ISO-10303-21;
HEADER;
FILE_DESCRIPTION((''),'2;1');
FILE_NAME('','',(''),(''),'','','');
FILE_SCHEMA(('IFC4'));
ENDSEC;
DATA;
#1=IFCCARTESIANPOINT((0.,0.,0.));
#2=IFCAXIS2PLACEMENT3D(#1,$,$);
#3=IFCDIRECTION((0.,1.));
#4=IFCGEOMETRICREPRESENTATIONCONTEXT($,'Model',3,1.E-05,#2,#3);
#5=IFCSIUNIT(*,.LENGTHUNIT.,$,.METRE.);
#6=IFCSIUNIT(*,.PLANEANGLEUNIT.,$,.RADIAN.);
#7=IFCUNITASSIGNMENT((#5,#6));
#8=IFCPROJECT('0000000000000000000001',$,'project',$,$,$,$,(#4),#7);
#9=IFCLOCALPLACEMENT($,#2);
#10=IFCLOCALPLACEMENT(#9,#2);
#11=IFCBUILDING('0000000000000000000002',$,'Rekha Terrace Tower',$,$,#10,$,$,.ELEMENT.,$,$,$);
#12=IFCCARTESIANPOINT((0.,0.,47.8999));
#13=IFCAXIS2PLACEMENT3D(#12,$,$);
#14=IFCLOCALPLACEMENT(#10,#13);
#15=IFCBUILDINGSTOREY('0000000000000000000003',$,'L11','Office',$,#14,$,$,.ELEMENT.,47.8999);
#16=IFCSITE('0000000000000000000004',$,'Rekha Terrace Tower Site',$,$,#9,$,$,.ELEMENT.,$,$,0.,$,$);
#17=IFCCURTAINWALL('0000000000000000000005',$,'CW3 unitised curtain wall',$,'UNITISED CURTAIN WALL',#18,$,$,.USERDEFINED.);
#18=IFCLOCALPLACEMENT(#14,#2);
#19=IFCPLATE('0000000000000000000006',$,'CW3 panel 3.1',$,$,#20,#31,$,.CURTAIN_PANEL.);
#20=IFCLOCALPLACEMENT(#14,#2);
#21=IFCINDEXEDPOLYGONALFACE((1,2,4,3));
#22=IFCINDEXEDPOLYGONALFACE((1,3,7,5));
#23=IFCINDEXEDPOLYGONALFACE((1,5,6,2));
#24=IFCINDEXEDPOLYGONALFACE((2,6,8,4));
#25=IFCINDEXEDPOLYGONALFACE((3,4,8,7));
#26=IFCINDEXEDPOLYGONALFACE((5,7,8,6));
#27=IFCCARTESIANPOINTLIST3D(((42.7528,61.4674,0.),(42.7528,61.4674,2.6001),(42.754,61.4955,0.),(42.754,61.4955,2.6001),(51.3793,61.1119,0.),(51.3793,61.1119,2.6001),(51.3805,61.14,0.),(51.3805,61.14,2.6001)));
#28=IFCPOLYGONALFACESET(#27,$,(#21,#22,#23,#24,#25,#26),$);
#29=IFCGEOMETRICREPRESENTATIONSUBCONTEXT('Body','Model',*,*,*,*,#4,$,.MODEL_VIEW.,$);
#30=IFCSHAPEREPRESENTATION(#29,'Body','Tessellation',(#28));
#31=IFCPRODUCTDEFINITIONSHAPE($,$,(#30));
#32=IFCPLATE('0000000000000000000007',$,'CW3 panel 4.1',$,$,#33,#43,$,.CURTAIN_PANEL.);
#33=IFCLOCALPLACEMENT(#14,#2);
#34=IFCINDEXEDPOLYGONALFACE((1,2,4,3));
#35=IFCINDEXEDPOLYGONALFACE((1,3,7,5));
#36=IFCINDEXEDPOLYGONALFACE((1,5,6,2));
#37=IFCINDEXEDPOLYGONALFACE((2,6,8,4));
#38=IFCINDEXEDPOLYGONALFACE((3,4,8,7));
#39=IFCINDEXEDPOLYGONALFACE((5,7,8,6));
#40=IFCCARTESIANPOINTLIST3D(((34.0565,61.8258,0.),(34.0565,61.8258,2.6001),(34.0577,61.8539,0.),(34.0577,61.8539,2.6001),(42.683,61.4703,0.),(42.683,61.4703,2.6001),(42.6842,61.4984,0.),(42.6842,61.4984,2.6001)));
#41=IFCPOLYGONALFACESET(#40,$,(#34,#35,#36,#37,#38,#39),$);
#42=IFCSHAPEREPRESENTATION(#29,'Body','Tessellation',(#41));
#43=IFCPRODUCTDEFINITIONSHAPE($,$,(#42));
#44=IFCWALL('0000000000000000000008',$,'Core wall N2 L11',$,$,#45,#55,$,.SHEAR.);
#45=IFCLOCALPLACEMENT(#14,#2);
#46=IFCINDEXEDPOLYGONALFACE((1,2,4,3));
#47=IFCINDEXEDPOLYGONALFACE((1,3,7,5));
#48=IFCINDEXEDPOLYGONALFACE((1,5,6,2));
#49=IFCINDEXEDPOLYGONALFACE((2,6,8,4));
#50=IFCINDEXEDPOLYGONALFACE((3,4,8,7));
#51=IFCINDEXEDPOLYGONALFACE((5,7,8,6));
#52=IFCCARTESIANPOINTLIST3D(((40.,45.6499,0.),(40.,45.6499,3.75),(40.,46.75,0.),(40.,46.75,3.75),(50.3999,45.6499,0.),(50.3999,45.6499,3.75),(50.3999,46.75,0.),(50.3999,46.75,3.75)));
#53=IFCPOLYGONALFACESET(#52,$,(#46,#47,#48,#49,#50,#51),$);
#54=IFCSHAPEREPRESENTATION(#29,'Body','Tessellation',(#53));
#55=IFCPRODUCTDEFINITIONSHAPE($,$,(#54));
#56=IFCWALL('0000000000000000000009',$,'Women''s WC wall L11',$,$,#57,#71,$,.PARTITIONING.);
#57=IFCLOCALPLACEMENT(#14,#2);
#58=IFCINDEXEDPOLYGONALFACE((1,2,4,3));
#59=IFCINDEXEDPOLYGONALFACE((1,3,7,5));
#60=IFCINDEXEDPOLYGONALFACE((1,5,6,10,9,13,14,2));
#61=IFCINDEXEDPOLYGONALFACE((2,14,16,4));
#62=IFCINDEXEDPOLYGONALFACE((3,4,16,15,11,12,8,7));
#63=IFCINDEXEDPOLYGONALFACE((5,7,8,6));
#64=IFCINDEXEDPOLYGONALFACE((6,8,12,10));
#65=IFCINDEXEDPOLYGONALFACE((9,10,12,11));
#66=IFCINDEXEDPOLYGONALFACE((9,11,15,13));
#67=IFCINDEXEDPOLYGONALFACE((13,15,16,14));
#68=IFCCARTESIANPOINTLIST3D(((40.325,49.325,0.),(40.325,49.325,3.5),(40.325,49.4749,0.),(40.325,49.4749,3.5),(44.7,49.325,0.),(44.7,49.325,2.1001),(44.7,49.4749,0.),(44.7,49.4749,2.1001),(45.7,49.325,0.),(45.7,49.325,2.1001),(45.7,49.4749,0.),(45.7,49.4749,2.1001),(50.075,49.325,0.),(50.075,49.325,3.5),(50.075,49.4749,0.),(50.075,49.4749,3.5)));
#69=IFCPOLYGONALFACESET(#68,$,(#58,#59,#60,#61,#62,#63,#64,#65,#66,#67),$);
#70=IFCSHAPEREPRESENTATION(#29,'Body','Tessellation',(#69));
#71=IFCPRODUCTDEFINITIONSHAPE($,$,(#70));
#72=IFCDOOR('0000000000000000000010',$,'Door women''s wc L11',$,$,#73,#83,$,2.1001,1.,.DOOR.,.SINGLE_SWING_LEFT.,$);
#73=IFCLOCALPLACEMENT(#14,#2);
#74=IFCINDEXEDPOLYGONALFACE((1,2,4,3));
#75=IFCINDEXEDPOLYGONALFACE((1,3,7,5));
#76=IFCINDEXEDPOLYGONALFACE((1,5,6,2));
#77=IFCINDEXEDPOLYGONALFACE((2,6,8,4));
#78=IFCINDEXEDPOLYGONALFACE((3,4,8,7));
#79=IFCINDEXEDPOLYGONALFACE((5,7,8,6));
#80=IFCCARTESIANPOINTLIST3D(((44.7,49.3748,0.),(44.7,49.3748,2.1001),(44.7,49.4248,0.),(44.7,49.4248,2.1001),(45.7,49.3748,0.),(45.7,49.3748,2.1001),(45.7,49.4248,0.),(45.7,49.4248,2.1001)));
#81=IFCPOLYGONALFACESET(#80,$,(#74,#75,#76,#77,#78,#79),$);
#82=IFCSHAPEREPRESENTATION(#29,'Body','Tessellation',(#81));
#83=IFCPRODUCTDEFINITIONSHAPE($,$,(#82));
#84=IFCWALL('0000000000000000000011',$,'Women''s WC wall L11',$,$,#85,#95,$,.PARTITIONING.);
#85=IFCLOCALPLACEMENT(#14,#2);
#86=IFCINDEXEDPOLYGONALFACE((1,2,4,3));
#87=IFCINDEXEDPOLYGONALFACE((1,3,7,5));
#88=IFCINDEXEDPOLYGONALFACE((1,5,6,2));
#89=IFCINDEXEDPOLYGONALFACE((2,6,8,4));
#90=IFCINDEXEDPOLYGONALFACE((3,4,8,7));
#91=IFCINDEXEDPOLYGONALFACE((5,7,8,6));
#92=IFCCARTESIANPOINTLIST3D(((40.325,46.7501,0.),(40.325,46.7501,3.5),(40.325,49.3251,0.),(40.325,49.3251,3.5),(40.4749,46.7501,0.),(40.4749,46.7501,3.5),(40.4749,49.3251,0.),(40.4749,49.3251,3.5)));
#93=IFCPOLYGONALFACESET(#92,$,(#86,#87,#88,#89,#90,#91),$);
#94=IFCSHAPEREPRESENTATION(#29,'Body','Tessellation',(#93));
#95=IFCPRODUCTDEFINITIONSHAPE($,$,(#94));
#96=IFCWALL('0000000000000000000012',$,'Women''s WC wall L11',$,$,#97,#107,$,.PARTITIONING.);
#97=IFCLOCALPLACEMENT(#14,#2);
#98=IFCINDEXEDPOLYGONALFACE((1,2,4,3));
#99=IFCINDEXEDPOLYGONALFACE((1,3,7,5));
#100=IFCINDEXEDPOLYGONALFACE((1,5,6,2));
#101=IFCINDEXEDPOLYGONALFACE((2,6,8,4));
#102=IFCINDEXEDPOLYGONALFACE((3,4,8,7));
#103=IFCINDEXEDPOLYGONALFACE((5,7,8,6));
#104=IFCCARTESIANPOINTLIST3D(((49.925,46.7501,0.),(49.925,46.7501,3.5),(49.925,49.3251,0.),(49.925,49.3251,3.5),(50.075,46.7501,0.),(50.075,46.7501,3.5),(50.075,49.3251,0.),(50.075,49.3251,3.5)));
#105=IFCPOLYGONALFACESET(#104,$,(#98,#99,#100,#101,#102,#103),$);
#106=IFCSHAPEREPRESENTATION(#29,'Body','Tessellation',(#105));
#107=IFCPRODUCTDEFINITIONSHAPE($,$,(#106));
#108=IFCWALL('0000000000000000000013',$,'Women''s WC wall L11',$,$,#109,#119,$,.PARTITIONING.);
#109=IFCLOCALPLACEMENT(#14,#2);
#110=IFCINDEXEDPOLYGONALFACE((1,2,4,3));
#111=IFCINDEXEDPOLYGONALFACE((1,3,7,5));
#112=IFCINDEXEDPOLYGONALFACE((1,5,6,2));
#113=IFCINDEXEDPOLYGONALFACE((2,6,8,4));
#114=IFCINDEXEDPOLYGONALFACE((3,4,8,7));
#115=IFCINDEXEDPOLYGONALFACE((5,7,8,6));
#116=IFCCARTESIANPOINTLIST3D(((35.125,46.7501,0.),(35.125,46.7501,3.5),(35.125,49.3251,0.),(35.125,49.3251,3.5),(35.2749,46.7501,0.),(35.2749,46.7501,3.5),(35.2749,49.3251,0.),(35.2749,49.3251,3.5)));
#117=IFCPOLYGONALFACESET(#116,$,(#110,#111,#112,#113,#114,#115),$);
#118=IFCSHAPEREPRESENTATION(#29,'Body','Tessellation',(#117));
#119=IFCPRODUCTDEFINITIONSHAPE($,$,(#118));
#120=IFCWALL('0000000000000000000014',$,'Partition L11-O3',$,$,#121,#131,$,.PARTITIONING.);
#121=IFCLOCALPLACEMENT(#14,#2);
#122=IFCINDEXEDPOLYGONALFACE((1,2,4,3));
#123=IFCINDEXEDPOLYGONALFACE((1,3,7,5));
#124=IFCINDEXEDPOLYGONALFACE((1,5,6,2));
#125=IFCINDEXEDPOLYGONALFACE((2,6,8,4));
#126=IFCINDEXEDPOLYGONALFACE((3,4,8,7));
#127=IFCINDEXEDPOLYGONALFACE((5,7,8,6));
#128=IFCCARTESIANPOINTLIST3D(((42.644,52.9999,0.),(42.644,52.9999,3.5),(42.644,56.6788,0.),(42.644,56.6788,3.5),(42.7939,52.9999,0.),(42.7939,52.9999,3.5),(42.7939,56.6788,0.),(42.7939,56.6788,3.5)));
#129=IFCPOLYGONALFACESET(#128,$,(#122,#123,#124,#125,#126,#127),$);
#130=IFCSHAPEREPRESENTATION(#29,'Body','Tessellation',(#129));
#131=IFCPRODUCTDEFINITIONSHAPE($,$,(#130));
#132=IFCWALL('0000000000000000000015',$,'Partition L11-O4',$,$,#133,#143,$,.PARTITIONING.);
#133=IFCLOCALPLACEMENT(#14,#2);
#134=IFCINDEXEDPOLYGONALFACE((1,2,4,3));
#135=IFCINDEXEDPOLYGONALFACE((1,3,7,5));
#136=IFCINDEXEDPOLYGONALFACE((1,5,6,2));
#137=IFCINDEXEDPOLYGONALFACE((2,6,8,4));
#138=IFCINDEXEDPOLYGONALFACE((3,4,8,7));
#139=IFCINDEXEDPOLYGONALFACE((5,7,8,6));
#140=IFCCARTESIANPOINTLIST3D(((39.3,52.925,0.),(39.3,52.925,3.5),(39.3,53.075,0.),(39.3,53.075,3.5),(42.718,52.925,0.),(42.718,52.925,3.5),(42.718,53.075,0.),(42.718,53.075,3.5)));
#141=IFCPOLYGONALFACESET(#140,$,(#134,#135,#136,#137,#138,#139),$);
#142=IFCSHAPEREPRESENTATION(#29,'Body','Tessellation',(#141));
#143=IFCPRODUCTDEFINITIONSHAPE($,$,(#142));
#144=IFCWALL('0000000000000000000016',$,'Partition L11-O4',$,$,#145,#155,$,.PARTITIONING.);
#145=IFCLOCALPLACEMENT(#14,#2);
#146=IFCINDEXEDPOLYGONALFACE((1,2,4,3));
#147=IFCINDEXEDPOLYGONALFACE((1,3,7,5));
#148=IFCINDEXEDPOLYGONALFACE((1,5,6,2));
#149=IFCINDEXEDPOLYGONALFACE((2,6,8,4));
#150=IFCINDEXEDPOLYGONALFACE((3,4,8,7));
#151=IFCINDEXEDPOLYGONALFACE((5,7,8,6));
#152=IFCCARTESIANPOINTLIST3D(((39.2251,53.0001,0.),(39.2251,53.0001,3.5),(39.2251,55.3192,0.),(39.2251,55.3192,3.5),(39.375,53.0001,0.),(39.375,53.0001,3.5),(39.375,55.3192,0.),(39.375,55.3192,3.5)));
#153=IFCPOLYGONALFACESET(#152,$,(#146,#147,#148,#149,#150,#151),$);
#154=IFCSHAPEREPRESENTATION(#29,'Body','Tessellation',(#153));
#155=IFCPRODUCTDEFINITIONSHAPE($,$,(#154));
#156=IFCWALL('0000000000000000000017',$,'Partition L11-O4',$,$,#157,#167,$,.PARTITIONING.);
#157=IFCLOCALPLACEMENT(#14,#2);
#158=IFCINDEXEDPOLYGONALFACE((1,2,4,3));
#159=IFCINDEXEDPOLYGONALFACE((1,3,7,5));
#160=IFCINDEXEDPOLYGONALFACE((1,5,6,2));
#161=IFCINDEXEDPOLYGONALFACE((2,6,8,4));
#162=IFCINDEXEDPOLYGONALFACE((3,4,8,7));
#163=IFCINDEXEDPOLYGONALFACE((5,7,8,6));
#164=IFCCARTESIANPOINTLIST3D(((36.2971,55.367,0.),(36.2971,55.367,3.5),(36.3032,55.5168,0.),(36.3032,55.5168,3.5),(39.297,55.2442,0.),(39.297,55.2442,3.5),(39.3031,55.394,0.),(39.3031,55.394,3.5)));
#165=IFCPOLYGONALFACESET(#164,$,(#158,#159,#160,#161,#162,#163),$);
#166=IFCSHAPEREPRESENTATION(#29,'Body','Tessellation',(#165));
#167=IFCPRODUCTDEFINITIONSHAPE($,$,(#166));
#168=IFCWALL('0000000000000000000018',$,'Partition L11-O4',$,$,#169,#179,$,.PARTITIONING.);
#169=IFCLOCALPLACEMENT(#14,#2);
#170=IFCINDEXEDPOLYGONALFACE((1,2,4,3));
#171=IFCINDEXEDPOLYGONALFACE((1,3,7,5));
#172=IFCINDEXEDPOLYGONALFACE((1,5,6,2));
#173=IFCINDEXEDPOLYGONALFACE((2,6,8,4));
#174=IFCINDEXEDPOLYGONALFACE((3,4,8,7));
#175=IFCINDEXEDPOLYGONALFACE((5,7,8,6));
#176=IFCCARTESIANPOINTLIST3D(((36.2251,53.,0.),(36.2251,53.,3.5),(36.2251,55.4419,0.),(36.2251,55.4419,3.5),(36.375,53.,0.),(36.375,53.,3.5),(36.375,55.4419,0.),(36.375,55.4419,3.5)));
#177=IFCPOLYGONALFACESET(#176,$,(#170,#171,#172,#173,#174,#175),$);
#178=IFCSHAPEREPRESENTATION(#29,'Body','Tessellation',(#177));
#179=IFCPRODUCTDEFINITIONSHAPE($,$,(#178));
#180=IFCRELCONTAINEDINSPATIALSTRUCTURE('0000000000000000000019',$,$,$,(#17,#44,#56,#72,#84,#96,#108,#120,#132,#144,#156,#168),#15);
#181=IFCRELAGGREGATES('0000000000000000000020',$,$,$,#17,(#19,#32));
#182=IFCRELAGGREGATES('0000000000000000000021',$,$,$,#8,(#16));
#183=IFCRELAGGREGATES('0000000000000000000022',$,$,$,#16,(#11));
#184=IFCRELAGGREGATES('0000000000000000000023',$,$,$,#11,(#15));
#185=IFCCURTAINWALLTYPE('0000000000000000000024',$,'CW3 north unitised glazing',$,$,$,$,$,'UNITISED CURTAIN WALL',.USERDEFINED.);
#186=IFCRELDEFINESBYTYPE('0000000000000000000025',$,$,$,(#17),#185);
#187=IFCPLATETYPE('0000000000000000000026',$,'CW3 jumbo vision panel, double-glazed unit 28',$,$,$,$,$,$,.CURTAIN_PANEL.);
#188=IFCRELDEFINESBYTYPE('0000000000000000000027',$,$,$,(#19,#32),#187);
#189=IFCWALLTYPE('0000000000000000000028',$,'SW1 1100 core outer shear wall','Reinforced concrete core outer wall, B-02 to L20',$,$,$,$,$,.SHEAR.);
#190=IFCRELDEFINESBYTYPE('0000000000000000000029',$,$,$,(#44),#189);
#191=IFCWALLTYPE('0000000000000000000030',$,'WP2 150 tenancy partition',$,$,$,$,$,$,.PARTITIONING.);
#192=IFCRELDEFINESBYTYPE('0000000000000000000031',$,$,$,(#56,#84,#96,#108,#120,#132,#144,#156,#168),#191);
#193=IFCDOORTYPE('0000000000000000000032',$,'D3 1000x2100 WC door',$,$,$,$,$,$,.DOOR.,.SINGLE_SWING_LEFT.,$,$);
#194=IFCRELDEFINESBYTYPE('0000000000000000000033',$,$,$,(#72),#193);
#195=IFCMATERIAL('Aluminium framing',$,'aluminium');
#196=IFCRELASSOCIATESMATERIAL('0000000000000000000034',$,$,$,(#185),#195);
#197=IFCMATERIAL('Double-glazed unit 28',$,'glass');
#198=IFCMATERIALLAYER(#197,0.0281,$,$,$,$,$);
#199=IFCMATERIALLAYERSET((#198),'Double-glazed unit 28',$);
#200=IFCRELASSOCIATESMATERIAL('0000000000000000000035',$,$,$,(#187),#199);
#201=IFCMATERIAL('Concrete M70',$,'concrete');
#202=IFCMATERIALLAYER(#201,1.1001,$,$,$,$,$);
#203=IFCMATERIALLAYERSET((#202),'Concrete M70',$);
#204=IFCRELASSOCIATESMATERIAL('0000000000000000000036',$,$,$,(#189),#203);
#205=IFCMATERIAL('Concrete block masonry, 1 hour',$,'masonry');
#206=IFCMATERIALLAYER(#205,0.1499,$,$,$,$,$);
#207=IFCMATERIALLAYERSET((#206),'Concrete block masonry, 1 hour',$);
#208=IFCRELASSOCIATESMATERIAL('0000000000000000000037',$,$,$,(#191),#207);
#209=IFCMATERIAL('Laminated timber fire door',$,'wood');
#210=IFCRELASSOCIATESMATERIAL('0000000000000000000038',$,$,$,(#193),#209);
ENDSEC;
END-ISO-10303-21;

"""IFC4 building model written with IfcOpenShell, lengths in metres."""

from ifc_helpers import new_model, si_unit, direction, frame, frame_2d, origin, origin_2d, place, context, subcontext, project, spatial, rectangle, extrude, material, layer, layer_set, type_object, element, fill, aggregate, save


model = new_model("IFC4")

# Units and contexts
model_context = context("Model", 3, precision=1e-05, world=origin(), true_north=direction((0.0, 1.0)))
body_context = subcontext(model_context, "Body", "Model", "MODEL_VIEW")
ifc_project = project(units=[si_unit("LENGTHUNIT", "METRE"), si_unit("PLANEANGLEUNIT", "RADIAN")], contexts=[model_context])

# Site, building, storey
site_placement = place(None, origin())
site = spatial("IfcSite", under=ifc_project, at=site_placement, Name="Rekha Terrace Tower Site", CompositionType="ELEMENT", RefElevation=0.0)
building_placement = place(site_placement, origin())
building = spatial("IfcBuilding", under=site, at=building_placement, Name="Rekha Terrace Tower", CompositionType="ELEMENT")
storey_placement = place(building_placement, frame((0.0, 0.0, 47.8999)))
storey = spatial("IfcBuildingStorey", under=building, at=storey_placement, Name="L11", Description="Office", CompositionType="ELEMENT", Elevation=47.8999)

# Shared definitions
ifc_material_1 = material(Name="Concrete M70", Category="concrete")

# Curtain wall
ifc_material_2 = material(Name="Aluminium framing", Category="aluminium")
curtain_wall_type = type_object("IfcCurtainWallType", Name="CW3 north unitised glazing", ElementType="UNITISED CURTAIN WALL", PredefinedType="USERDEFINED", material=ifc_material_2)
curtain_wall_placement = place(storey_placement, origin())
curtain_wall = element("IfcCurtainWall", 1, at=curtain_wall_placement, inside=storey, type_object=curtain_wall_type, Name="CW3 unitised curtain wall", ObjectType="UNITISED CURTAIN WALL", PredefinedType="USERDEFINED")

# Plates
ifc_material_3 = material(Name="Double-glazed unit 28", Category="glass")
ifc_layer_1 = layer(ifc_material_3, 0.0281)
ifc_layer_set_1 = layer_set([ifc_layer_1], Name="Double-glazed unit 28")
plate_type = type_object("IfcPlateType", Name="CW3 jumbo vision panel, double-glazed unit 28", PredefinedType="CURTAIN_PANEL", material=ifc_layer_set_1)
plate_1_placement = place(storey_placement, frame((47.0667, 61.3037, 0.0), z_axis=(0.0, 0.0, 1.0), x_axis=(-0.999152, 0.041174, 0.0)))
plate_1 = element("IfcPlate", 2, at=plate_1_placement, type_object=plate_type, Name="CW3 panel 3.1", PredefinedType="CURTAIN_PANEL", context=body_context, shape_type="SweptSolid", body=[
    extrude(rectangle(XDim=8.6338, YDim=0.0281, at=origin_2d()), origin(), (0.0, 0.0, 1.0), 2.6001),
])
plate_2_placement = place(storey_placement, frame((38.3704, 61.6621, 0.0), z_axis=(0.0, 0.0, 1.0), x_axis=(-0.999152, 0.041174, 0.0)))
plate_2 = element("IfcPlate", 3, at=plate_2_placement, type_object=plate_type, Name="CW3 panel 4.1", PredefinedType="CURTAIN_PANEL", context=body_context, shape_type="SweptSolid", body=[
    extrude(rectangle(XDim=8.6338, YDim=0.0281, at=origin_2d()), origin(), (0.0, 0.0, 1.0), 2.6001),
])
aggregate(curtain_wall, [plate_1, plate_2])

# Wall
ifc_layer_2 = layer(ifc_material_1, 1.1001)
ifc_layer_set_2 = layer_set([ifc_layer_2], Name="Concrete M70")
wall_type_1 = type_object("IfcWallType", Name="SW1 1100 core outer shear wall", Description="Reinforced concrete core outer wall, B-02 to L20", PredefinedType="SHEAR", material=ifc_layer_set_2)
wall_1_placement = place(storey_placement, frame((40.0, 46.2, 0.0), z_axis=(0.0, 0.0, 1.0), x_axis=(1.0, 0.0, 0.0)))
element("IfcWall", 4, at=wall_1_placement, inside=storey, type_object=wall_type_1, Name="Core wall N2 L11", PredefinedType="SHEAR", context=body_context, shape_type="SweptSolid", body=[
    extrude(rectangle(XDim=10.3999, YDim=1.1001, at=frame_2d((5.2, 0.0))), origin(), (0.0, 0.0, 1.0), 3.75),
])

# Wall, opening, door
ifc_material_4 = material(Name="Concrete block masonry, 1 hour", Category="masonry")
ifc_layer_3 = layer(ifc_material_4, 0.1499)
ifc_layer_set_3 = layer_set([ifc_layer_3], Name="Concrete block masonry, 1 hour")
wall_type_2 = type_object("IfcWallType", Name="WP2 150 tenancy partition", PredefinedType="PARTITIONING", material=ifc_layer_set_3)
wall_2_placement = place(storey_placement, frame((40.325, 49.3999, 0.0), z_axis=(0.0, 0.0, 1.0), x_axis=(1.0, 0.0, 0.0)))
wall_2 = element("IfcWall", 5, at=wall_2_placement, inside=storey, type_object=wall_type_2, Name="Women's WC wall L11", PredefinedType="PARTITIONING", context=body_context, shape_type="SweptSolid", body=[
    extrude(rectangle(XDim=9.75, YDim=0.1499, at=frame_2d((4.875, 0.0))), origin(), (0.0, 0.0, 1.0), 3.5),
])
opening_1_placement = place(wall_2_placement, frame((4.375, 0.0, 0.0)))
opening_1 = element("IfcOpeningElement", 6, at=opening_1_placement, cuts=wall_2, PredefinedType="OPENING", context=body_context, shape_type="SweptSolid", body=[
    extrude(rectangle(XDim=1.0, YDim=2.1001, at=frame_2d((0.5, 1.05))), frame((0.0, 0.085, 0.0), z_axis=(0.0, -1.0, 0.0), x_axis=(1.0, 0.0, 0.0)), (0.0, 0.0, 1.0), 0.1699),
])
ifc_material_5 = material(Name="Laminated timber fire door", Category="wood")
door_type_1 = type_object("IfcDoorType", Name="D3 1000x2100 WC door", OperationType="SINGLE_SWING_LEFT", PredefinedType="DOOR", material=ifc_material_5)
door_1_placement = place(opening_1_placement, origin())
door_1 = element("IfcDoor", 7, at=door_1_placement, inside=storey, type_object=door_type_1, Name="Door women's wc L11", OperationType="SINGLE_SWING_LEFT", OverallHeight=2.1001, OverallWidth=1.0, PredefinedType="DOOR", context=body_context, shape_type="SweptSolid", body=[
    extrude(rectangle(XDim=1.0, YDim=2.1001, at=frame_2d((0.5, 1.05))), frame((0.0, 0.0249, 0.0), z_axis=(0.0, -1.0, 0.0), x_axis=(1.0, 0.0, 0.0)), (0.0, 0.0, 1.0), 0.05),
])
fill(opening_1, door_1)

# Walls
for number, where, z_axis, x_axis, name in (
    (8, (40.3999, 46.75, 0.0), (0.0, 0.0, 1.0), (0.0, 1.0, 0.0), "Women's WC wall L11"),
    (9, (50.0, 46.75, 0.0), (0.0, 0.0, 1.0), (0.0, 1.0, 0.0), "Women's WC wall L11"),
    (10, (35.2, 46.75, 0.0), (0.0, 0.0, 1.0), (0.0, 1.0, 0.0), "Women's WC wall L11"),
):
    element("IfcWall", number, at=place(storey_placement, frame(where, z_axis=z_axis, x_axis=x_axis)), inside=storey, type_object=wall_type_2, Name=name, PredefinedType="PARTITIONING", context=body_context, shape_type="SweptSolid", body=[
        extrude(rectangle(XDim=2.575, YDim=0.1499, at=frame_2d((1.2876, 0.0))), origin(), (0.0, 0.0, 1.0), 3.5),
    ])
wall_3_placement = place(storey_placement, frame((42.719, 53.0, 0.0), z_axis=(0.0, 0.0, 1.0), x_axis=(0.0, 1.0, 0.0)))
element("IfcWall", 11, at=wall_3_placement, inside=storey, type_object=wall_type_2, Name="Partition L11-O3", PredefinedType="PARTITIONING", context=body_context, shape_type="SweptSolid", body=[
    extrude(rectangle(XDim=3.679, YDim=0.1499, at=frame_2d((1.8394, 0.0))), origin(), (0.0, 0.0, 1.0), 3.5),
])
wall_4_placement = place(storey_placement, frame((42.718, 53.0, 0.0), z_axis=(0.0, 0.0, 1.0), x_axis=(-1.0, 0.0, 0.0)))
element("IfcWall", 12, at=wall_4_placement, inside=storey, type_object=wall_type_2, Name="Partition L11-O4", PredefinedType="PARTITIONING", context=body_context, shape_type="SweptSolid", body=[
    extrude(rectangle(XDim=3.418, YDim=0.1499, at=frame_2d((1.709, 0.0))), origin(), (0.0, 0.0, 1.0), 3.5),
])
wall_5_placement = place(storey_placement, frame((39.3, 53.0, 0.0), z_axis=(0.0, 0.0, 1.0), x_axis=(0.0, 1.0, 0.0)))
element("IfcWall", 13, at=wall_5_placement, inside=storey, type_object=wall_type_2, Name="Partition L11-O4", PredefinedType="PARTITIONING", context=body_context, shape_type="SweptSolid", body=[
    extrude(rectangle(XDim=2.3191, YDim=0.1499, at=frame_2d((1.1597, 0.0))), origin(), (0.0, 0.0, 1.0), 3.5),
])
wall_6_placement = place(storey_placement, frame((39.3, 55.3191, 0.0), z_axis=(0.0, 0.0, 1.0), x_axis=(-0.999163, 0.0409, 0.0)))
element("IfcWall", 14, at=wall_6_placement, inside=storey, type_object=wall_type_2, Name="Partition L11-O4", PredefinedType="PARTITIONING", context=body_context, shape_type="SweptSolid", body=[
    extrude(rectangle(XDim=3.0024, YDim=0.1499, at=frame_2d((1.5012, 0.0))), origin(), (0.0, 0.0, 1.0), 3.5),
])
wall_7_placement = place(storey_placement, frame((36.3, 55.4419, 0.0), z_axis=(0.0, 0.0, 1.0), x_axis=(0.0, -1.0, 0.0)))
element("IfcWall", 15, at=wall_7_placement, inside=storey, type_object=wall_type_2, Name="Partition L11-O4", PredefinedType="PARTITIONING", context=body_context, shape_type="SweptSolid", body=[
    extrude(rectangle(XDim=2.4419, YDim=0.1499, at=frame_2d((1.2209, 0.0))), origin(), (0.0, 0.0, 1.0), 3.5),
])

save(model, "model.ifc")
